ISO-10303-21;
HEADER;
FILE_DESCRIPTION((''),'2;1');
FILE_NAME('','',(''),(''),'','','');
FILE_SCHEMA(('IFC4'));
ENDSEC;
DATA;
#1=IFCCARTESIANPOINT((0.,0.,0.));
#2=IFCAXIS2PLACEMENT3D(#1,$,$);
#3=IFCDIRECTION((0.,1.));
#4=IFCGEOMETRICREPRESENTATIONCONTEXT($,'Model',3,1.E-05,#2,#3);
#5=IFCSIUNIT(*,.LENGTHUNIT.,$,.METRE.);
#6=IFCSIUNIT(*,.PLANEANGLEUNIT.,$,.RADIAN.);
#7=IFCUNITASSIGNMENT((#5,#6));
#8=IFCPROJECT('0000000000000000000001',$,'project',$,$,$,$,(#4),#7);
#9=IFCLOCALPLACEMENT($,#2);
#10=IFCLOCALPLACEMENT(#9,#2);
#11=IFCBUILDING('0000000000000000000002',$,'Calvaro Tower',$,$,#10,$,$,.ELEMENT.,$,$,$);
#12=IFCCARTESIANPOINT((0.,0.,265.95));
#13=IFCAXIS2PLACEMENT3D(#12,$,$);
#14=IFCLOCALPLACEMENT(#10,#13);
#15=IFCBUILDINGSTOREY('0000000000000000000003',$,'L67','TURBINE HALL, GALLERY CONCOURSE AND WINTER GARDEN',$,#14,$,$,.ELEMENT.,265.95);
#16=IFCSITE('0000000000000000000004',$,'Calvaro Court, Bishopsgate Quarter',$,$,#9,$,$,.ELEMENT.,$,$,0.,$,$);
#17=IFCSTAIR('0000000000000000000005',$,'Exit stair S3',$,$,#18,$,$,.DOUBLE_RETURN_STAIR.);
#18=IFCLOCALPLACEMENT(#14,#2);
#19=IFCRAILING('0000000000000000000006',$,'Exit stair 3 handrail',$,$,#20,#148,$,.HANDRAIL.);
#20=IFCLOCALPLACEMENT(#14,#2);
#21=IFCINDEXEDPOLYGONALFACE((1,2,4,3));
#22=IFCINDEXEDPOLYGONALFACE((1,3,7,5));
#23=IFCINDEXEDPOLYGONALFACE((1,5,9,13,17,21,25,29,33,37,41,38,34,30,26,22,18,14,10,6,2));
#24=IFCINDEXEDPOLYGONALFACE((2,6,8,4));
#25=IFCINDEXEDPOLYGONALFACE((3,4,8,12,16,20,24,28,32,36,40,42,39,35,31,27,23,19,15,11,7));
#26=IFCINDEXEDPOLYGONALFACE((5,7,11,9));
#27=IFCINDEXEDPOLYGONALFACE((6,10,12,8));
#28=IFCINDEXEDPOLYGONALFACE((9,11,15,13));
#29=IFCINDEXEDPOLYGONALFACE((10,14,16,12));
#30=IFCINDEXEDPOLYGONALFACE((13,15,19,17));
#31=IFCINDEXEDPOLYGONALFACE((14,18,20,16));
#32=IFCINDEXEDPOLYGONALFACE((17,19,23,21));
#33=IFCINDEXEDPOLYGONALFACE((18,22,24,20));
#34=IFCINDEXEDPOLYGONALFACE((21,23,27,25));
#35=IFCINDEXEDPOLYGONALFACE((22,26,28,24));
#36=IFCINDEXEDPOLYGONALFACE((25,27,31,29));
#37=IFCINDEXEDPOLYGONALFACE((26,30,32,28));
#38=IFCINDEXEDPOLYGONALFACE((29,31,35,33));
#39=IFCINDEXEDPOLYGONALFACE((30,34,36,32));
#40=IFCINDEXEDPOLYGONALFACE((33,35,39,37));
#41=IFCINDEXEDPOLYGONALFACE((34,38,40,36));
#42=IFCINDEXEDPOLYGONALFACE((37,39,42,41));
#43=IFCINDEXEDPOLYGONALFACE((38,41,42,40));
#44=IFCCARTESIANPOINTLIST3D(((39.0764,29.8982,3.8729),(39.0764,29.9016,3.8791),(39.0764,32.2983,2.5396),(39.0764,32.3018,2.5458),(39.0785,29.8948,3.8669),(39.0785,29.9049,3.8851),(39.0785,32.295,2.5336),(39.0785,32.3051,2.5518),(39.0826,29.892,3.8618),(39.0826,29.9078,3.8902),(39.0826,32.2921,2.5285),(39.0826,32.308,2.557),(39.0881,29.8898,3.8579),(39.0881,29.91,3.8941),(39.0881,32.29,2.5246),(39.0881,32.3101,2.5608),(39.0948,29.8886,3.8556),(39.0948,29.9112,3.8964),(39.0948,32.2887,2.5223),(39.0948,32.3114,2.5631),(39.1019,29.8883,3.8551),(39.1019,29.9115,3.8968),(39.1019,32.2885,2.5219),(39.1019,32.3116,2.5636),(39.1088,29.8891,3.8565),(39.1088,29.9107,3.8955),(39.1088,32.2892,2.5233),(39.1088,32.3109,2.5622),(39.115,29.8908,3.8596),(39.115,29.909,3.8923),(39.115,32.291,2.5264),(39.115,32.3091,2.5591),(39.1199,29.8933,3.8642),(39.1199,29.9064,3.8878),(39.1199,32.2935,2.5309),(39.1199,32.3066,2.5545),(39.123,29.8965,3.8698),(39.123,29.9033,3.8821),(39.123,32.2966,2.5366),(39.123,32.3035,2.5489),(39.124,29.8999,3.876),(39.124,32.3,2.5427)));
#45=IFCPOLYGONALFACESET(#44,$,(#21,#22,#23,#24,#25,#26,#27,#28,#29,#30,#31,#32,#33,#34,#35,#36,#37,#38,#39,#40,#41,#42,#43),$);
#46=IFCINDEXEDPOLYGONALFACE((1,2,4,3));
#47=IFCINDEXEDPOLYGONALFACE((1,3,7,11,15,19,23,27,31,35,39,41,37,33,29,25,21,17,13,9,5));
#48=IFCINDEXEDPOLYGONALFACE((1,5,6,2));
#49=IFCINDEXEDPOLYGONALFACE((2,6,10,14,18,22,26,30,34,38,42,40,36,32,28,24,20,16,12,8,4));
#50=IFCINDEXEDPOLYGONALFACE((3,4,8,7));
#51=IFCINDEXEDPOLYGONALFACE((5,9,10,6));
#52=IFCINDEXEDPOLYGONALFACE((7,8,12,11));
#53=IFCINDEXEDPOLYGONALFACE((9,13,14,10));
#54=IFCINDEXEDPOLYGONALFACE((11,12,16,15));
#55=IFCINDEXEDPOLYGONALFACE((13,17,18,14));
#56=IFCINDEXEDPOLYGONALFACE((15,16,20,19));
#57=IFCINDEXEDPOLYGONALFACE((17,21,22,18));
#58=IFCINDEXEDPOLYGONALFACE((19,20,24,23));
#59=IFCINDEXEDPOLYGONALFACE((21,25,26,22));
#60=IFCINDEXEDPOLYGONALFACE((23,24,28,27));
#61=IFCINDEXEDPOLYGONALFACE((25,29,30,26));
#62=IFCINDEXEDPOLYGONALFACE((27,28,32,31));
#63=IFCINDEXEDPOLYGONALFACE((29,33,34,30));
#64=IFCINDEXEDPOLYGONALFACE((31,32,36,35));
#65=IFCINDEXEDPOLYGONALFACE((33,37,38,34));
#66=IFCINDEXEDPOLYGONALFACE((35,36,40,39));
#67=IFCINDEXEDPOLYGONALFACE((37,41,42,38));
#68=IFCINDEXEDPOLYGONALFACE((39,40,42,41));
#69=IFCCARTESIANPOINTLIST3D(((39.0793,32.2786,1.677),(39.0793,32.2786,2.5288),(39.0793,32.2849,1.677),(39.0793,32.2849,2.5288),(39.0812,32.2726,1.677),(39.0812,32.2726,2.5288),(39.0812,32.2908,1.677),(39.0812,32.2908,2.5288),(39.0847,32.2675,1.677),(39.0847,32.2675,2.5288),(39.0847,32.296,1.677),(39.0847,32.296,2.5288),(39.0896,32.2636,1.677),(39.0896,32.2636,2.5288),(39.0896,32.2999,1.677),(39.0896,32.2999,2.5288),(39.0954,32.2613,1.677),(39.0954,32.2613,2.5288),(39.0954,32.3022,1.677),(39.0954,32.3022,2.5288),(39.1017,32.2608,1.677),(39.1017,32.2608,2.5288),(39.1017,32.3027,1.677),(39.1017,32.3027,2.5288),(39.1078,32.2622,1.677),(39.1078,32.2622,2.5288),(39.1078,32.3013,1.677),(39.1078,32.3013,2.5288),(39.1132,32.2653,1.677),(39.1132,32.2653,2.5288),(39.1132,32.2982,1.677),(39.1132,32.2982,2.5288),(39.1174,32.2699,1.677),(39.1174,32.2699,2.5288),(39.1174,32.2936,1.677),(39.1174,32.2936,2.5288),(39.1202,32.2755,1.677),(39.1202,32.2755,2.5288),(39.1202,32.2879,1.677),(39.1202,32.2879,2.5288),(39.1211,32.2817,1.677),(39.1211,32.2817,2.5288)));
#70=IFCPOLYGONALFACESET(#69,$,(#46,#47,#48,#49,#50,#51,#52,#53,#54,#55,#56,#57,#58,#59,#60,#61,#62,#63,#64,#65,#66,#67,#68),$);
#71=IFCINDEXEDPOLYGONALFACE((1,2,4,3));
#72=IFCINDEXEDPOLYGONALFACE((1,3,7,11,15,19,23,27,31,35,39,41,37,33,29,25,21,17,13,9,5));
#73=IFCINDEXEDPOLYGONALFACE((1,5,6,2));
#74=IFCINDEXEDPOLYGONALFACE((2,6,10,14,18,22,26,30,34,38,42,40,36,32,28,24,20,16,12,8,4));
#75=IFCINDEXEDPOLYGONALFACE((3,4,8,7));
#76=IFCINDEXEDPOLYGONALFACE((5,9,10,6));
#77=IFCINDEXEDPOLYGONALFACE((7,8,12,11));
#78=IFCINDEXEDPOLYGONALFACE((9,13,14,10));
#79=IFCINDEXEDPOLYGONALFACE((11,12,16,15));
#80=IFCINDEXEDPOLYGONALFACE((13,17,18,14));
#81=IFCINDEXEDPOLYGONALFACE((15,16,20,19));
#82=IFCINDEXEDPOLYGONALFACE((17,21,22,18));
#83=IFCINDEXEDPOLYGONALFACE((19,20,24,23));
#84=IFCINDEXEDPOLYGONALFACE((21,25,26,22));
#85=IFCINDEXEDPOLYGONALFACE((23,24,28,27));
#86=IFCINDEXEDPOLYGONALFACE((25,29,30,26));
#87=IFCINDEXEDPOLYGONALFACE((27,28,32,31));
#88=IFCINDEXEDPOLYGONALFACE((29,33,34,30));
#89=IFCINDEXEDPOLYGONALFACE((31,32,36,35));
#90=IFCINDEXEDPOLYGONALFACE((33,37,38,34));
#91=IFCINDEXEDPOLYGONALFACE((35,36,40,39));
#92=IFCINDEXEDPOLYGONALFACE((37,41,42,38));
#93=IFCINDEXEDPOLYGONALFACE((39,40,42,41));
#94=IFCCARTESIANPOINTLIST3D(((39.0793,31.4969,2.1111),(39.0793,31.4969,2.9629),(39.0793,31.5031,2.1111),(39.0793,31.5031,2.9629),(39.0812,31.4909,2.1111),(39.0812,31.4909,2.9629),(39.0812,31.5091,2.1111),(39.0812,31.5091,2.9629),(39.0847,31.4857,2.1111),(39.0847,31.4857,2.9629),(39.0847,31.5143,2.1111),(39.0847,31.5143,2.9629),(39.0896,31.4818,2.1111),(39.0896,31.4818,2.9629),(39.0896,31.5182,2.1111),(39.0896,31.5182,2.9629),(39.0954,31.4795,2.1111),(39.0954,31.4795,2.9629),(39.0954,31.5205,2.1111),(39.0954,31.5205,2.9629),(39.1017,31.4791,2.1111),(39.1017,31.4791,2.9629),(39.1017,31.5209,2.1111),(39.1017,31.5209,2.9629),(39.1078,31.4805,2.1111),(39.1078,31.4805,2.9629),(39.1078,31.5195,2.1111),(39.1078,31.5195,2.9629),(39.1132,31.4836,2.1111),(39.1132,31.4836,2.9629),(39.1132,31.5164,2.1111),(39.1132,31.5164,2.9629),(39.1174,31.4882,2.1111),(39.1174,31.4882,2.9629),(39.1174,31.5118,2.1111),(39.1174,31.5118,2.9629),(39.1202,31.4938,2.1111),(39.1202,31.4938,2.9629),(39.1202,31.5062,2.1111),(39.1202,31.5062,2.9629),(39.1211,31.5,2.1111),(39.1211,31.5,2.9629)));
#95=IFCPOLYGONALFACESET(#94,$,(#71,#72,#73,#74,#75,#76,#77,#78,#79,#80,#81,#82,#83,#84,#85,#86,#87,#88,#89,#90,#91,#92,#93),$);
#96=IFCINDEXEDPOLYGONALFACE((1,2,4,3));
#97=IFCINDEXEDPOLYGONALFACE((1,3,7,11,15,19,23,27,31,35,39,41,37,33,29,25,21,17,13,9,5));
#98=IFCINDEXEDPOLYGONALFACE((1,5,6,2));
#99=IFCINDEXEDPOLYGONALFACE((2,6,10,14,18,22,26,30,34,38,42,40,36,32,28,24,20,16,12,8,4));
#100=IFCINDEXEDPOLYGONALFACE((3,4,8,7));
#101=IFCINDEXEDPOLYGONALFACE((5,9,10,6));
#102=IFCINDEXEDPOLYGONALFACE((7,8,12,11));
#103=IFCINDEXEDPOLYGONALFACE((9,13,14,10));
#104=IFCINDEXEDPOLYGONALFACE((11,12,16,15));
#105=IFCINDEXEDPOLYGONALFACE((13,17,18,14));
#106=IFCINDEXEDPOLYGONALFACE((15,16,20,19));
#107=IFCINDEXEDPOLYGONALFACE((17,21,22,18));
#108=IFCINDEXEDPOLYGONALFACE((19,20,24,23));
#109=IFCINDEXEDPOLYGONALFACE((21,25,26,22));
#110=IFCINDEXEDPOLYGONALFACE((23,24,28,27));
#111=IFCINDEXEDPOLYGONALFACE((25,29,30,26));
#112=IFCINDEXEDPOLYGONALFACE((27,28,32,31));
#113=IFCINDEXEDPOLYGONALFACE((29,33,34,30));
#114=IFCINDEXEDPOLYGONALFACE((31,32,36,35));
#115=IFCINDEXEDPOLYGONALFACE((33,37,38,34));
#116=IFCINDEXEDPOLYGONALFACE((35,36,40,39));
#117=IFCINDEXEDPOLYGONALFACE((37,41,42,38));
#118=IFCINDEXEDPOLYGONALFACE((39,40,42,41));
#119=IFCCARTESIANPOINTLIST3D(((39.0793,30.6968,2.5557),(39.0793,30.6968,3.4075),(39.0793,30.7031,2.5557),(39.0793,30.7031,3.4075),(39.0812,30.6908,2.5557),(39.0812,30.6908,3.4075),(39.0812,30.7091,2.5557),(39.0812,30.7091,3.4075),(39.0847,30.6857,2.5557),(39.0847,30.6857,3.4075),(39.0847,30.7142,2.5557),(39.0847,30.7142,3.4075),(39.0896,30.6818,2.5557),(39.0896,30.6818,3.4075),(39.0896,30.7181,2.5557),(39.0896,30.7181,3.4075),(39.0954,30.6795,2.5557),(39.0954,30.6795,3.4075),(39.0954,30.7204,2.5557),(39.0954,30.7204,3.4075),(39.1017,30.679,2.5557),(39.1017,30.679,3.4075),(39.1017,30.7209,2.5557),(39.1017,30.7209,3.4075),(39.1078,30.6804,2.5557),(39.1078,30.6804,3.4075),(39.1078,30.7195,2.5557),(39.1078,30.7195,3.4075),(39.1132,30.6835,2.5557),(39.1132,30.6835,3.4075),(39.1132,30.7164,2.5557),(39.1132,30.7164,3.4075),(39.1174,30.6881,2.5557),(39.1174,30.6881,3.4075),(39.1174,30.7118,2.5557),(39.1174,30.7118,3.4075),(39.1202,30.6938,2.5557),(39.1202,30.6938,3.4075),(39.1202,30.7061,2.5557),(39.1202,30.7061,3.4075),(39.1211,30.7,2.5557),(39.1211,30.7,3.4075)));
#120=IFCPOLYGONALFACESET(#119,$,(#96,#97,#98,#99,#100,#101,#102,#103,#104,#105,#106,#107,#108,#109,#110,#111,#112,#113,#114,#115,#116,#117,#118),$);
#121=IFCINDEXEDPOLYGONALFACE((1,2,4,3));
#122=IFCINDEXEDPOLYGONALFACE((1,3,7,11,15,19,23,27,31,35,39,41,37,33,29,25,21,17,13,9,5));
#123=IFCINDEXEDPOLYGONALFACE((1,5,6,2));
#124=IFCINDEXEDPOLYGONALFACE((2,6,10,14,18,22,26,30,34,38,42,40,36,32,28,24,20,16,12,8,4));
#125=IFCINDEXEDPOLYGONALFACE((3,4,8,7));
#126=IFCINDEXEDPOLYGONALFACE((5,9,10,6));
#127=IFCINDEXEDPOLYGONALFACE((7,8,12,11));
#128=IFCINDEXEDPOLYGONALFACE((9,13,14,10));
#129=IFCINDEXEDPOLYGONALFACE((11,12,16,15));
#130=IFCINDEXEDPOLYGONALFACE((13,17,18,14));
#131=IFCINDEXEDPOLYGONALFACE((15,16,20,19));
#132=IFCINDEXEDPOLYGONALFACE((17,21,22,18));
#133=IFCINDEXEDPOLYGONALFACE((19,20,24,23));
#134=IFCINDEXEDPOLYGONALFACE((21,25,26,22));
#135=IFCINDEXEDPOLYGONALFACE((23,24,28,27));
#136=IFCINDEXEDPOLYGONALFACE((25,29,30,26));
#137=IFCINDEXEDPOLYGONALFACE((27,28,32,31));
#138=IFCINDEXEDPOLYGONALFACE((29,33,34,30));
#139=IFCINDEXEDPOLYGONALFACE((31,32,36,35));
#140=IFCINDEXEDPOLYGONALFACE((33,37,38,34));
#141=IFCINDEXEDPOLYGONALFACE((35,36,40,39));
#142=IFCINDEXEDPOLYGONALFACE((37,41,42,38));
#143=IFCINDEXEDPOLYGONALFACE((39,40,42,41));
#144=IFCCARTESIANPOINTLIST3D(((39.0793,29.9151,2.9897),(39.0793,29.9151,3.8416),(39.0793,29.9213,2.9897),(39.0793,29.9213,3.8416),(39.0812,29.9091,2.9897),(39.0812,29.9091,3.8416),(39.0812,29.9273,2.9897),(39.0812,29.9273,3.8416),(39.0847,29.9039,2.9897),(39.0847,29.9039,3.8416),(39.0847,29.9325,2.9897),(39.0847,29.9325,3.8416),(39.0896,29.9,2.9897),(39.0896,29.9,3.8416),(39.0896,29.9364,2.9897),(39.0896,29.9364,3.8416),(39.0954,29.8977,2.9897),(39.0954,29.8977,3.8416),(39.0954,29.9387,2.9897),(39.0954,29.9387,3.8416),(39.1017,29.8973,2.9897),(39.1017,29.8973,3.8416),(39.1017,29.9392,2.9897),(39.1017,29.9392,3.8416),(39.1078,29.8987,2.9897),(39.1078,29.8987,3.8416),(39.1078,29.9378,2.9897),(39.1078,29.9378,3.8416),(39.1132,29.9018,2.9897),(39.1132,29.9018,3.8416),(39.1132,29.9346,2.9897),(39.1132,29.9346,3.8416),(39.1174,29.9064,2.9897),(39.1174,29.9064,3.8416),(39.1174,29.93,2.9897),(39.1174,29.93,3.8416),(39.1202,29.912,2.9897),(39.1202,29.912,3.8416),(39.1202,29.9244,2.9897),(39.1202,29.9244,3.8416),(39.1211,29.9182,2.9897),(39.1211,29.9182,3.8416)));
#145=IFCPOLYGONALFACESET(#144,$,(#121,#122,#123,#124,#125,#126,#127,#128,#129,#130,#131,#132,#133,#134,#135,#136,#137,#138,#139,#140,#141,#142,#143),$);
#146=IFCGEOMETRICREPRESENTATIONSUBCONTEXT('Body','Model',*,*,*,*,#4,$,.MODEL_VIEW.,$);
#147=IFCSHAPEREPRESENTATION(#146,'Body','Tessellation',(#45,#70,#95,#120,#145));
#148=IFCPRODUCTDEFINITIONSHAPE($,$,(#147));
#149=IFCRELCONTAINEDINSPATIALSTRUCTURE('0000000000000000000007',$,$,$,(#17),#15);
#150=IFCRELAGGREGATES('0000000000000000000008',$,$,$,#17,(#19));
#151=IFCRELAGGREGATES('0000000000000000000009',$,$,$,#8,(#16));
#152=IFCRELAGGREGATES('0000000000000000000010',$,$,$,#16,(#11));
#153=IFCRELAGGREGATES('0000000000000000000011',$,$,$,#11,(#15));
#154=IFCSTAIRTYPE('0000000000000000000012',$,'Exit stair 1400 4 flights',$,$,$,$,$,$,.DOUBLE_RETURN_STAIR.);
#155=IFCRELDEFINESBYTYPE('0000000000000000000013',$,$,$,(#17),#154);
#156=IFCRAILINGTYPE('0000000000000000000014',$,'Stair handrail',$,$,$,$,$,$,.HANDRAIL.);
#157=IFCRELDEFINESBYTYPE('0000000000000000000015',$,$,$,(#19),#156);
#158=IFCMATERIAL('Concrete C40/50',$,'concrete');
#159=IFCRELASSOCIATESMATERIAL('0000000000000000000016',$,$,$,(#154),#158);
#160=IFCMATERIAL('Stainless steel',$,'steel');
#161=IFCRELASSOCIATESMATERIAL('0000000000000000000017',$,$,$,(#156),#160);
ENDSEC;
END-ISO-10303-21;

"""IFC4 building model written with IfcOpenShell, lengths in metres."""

from ifc_helpers import new_model, si_unit, direction, frame, origin, origin_2d, place, context, subcontext, project, spatial, circle, extrude, material, type_object, element, aggregate, save


model = new_model("IFC4")

# Units and contexts
model_context = context("Model", 3, precision=1e-05, world=origin(), true_north=direction((0.0, 1.0)))
body_context = subcontext(model_context, "Body", "Model", "MODEL_VIEW")
ifc_project = project(units=[si_unit("LENGTHUNIT", "METRE"), si_unit("PLANEANGLEUNIT", "RADIAN")], contexts=[model_context])

# Site, building, storey
site_placement = place(None, origin())
site = spatial("IfcSite", under=ifc_project, at=site_placement, Name="Calvaro Court, Bishopsgate Quarter", CompositionType="ELEMENT", RefElevation=0.0)
building_placement = place(site_placement, origin())
building = spatial("IfcBuilding", under=site, at=building_placement, Name="Calvaro Tower", CompositionType="ELEMENT")
storey_placement = place(building_placement, frame((0.0, 0.0, 265.95)))
storey = spatial("IfcBuildingStorey", under=building, at=storey_placement, Name="L67", Description="TURBINE HALL, GALLERY CONCOURSE AND WINTER GARDEN", CompositionType="ELEMENT", Elevation=265.95)

# Stair, railing
ifc_material_1 = material(Name="Concrete C40/50", Category="concrete")
stair_type = type_object("IfcStairType", Name="Exit stair 1400 4 flights", PredefinedType="DOUBLE_RETURN_STAIR", material=ifc_material_1)
stair_placement = place(storey_placement, origin())
stair = element("IfcStair", 1, at=stair_placement, inside=storey, type_object=stair_type, Name="Exit stair S3", PredefinedType="DOUBLE_RETURN_STAIR")
ifc_material_2 = material(Name="Stainless steel", Category="steel")
railing_type = type_object("IfcRailingType", Name="Stair handrail", PredefinedType="HANDRAIL", material=ifc_material_2)
railing_1_placement = place(storey_placement, frame((39.1001, 32.3, 1.6667)))
railing_1 = element("IfcRailing", 2, at=railing_1_placement, type_object=railing_type, Name="Exit stair 3 handrail", PredefinedType="HANDRAIL", context=body_context, shape_type="SweptSolid", body=[
    extrude(circle(Radius=0.0239, at=origin_2d()), frame((0.0, 0.0, 0.876), z_axis=(0.0, -0.874182, 0.485598), x_axis=(1.0, 0.0, 0.0)), (0.0, 0.0, 1.0), 2.7456),
    extrude(circle(Radius=0.021, at=origin_2d()), frame((0.0, -0.0183, 0.0103)), (0.0, 0.0, 1.0), 0.8518),
    extrude(circle(Radius=0.021, at=origin_2d()), frame((0.0, -0.8, 0.4443)), (0.0, 0.0, 1.0), 0.8518),
    extrude(circle(Radius=0.021, at=origin_2d()), frame((0.0, -1.6001, 0.8889)), (0.0, 0.0, 1.0), 0.8518),
    extrude(circle(Radius=0.021, at=origin_2d()), frame((0.0, -2.3818, 1.323)), (0.0, 0.0, 1.0), 0.8518),
])
aggregate(stair, [railing_1])

save(model, "model.ifc")
